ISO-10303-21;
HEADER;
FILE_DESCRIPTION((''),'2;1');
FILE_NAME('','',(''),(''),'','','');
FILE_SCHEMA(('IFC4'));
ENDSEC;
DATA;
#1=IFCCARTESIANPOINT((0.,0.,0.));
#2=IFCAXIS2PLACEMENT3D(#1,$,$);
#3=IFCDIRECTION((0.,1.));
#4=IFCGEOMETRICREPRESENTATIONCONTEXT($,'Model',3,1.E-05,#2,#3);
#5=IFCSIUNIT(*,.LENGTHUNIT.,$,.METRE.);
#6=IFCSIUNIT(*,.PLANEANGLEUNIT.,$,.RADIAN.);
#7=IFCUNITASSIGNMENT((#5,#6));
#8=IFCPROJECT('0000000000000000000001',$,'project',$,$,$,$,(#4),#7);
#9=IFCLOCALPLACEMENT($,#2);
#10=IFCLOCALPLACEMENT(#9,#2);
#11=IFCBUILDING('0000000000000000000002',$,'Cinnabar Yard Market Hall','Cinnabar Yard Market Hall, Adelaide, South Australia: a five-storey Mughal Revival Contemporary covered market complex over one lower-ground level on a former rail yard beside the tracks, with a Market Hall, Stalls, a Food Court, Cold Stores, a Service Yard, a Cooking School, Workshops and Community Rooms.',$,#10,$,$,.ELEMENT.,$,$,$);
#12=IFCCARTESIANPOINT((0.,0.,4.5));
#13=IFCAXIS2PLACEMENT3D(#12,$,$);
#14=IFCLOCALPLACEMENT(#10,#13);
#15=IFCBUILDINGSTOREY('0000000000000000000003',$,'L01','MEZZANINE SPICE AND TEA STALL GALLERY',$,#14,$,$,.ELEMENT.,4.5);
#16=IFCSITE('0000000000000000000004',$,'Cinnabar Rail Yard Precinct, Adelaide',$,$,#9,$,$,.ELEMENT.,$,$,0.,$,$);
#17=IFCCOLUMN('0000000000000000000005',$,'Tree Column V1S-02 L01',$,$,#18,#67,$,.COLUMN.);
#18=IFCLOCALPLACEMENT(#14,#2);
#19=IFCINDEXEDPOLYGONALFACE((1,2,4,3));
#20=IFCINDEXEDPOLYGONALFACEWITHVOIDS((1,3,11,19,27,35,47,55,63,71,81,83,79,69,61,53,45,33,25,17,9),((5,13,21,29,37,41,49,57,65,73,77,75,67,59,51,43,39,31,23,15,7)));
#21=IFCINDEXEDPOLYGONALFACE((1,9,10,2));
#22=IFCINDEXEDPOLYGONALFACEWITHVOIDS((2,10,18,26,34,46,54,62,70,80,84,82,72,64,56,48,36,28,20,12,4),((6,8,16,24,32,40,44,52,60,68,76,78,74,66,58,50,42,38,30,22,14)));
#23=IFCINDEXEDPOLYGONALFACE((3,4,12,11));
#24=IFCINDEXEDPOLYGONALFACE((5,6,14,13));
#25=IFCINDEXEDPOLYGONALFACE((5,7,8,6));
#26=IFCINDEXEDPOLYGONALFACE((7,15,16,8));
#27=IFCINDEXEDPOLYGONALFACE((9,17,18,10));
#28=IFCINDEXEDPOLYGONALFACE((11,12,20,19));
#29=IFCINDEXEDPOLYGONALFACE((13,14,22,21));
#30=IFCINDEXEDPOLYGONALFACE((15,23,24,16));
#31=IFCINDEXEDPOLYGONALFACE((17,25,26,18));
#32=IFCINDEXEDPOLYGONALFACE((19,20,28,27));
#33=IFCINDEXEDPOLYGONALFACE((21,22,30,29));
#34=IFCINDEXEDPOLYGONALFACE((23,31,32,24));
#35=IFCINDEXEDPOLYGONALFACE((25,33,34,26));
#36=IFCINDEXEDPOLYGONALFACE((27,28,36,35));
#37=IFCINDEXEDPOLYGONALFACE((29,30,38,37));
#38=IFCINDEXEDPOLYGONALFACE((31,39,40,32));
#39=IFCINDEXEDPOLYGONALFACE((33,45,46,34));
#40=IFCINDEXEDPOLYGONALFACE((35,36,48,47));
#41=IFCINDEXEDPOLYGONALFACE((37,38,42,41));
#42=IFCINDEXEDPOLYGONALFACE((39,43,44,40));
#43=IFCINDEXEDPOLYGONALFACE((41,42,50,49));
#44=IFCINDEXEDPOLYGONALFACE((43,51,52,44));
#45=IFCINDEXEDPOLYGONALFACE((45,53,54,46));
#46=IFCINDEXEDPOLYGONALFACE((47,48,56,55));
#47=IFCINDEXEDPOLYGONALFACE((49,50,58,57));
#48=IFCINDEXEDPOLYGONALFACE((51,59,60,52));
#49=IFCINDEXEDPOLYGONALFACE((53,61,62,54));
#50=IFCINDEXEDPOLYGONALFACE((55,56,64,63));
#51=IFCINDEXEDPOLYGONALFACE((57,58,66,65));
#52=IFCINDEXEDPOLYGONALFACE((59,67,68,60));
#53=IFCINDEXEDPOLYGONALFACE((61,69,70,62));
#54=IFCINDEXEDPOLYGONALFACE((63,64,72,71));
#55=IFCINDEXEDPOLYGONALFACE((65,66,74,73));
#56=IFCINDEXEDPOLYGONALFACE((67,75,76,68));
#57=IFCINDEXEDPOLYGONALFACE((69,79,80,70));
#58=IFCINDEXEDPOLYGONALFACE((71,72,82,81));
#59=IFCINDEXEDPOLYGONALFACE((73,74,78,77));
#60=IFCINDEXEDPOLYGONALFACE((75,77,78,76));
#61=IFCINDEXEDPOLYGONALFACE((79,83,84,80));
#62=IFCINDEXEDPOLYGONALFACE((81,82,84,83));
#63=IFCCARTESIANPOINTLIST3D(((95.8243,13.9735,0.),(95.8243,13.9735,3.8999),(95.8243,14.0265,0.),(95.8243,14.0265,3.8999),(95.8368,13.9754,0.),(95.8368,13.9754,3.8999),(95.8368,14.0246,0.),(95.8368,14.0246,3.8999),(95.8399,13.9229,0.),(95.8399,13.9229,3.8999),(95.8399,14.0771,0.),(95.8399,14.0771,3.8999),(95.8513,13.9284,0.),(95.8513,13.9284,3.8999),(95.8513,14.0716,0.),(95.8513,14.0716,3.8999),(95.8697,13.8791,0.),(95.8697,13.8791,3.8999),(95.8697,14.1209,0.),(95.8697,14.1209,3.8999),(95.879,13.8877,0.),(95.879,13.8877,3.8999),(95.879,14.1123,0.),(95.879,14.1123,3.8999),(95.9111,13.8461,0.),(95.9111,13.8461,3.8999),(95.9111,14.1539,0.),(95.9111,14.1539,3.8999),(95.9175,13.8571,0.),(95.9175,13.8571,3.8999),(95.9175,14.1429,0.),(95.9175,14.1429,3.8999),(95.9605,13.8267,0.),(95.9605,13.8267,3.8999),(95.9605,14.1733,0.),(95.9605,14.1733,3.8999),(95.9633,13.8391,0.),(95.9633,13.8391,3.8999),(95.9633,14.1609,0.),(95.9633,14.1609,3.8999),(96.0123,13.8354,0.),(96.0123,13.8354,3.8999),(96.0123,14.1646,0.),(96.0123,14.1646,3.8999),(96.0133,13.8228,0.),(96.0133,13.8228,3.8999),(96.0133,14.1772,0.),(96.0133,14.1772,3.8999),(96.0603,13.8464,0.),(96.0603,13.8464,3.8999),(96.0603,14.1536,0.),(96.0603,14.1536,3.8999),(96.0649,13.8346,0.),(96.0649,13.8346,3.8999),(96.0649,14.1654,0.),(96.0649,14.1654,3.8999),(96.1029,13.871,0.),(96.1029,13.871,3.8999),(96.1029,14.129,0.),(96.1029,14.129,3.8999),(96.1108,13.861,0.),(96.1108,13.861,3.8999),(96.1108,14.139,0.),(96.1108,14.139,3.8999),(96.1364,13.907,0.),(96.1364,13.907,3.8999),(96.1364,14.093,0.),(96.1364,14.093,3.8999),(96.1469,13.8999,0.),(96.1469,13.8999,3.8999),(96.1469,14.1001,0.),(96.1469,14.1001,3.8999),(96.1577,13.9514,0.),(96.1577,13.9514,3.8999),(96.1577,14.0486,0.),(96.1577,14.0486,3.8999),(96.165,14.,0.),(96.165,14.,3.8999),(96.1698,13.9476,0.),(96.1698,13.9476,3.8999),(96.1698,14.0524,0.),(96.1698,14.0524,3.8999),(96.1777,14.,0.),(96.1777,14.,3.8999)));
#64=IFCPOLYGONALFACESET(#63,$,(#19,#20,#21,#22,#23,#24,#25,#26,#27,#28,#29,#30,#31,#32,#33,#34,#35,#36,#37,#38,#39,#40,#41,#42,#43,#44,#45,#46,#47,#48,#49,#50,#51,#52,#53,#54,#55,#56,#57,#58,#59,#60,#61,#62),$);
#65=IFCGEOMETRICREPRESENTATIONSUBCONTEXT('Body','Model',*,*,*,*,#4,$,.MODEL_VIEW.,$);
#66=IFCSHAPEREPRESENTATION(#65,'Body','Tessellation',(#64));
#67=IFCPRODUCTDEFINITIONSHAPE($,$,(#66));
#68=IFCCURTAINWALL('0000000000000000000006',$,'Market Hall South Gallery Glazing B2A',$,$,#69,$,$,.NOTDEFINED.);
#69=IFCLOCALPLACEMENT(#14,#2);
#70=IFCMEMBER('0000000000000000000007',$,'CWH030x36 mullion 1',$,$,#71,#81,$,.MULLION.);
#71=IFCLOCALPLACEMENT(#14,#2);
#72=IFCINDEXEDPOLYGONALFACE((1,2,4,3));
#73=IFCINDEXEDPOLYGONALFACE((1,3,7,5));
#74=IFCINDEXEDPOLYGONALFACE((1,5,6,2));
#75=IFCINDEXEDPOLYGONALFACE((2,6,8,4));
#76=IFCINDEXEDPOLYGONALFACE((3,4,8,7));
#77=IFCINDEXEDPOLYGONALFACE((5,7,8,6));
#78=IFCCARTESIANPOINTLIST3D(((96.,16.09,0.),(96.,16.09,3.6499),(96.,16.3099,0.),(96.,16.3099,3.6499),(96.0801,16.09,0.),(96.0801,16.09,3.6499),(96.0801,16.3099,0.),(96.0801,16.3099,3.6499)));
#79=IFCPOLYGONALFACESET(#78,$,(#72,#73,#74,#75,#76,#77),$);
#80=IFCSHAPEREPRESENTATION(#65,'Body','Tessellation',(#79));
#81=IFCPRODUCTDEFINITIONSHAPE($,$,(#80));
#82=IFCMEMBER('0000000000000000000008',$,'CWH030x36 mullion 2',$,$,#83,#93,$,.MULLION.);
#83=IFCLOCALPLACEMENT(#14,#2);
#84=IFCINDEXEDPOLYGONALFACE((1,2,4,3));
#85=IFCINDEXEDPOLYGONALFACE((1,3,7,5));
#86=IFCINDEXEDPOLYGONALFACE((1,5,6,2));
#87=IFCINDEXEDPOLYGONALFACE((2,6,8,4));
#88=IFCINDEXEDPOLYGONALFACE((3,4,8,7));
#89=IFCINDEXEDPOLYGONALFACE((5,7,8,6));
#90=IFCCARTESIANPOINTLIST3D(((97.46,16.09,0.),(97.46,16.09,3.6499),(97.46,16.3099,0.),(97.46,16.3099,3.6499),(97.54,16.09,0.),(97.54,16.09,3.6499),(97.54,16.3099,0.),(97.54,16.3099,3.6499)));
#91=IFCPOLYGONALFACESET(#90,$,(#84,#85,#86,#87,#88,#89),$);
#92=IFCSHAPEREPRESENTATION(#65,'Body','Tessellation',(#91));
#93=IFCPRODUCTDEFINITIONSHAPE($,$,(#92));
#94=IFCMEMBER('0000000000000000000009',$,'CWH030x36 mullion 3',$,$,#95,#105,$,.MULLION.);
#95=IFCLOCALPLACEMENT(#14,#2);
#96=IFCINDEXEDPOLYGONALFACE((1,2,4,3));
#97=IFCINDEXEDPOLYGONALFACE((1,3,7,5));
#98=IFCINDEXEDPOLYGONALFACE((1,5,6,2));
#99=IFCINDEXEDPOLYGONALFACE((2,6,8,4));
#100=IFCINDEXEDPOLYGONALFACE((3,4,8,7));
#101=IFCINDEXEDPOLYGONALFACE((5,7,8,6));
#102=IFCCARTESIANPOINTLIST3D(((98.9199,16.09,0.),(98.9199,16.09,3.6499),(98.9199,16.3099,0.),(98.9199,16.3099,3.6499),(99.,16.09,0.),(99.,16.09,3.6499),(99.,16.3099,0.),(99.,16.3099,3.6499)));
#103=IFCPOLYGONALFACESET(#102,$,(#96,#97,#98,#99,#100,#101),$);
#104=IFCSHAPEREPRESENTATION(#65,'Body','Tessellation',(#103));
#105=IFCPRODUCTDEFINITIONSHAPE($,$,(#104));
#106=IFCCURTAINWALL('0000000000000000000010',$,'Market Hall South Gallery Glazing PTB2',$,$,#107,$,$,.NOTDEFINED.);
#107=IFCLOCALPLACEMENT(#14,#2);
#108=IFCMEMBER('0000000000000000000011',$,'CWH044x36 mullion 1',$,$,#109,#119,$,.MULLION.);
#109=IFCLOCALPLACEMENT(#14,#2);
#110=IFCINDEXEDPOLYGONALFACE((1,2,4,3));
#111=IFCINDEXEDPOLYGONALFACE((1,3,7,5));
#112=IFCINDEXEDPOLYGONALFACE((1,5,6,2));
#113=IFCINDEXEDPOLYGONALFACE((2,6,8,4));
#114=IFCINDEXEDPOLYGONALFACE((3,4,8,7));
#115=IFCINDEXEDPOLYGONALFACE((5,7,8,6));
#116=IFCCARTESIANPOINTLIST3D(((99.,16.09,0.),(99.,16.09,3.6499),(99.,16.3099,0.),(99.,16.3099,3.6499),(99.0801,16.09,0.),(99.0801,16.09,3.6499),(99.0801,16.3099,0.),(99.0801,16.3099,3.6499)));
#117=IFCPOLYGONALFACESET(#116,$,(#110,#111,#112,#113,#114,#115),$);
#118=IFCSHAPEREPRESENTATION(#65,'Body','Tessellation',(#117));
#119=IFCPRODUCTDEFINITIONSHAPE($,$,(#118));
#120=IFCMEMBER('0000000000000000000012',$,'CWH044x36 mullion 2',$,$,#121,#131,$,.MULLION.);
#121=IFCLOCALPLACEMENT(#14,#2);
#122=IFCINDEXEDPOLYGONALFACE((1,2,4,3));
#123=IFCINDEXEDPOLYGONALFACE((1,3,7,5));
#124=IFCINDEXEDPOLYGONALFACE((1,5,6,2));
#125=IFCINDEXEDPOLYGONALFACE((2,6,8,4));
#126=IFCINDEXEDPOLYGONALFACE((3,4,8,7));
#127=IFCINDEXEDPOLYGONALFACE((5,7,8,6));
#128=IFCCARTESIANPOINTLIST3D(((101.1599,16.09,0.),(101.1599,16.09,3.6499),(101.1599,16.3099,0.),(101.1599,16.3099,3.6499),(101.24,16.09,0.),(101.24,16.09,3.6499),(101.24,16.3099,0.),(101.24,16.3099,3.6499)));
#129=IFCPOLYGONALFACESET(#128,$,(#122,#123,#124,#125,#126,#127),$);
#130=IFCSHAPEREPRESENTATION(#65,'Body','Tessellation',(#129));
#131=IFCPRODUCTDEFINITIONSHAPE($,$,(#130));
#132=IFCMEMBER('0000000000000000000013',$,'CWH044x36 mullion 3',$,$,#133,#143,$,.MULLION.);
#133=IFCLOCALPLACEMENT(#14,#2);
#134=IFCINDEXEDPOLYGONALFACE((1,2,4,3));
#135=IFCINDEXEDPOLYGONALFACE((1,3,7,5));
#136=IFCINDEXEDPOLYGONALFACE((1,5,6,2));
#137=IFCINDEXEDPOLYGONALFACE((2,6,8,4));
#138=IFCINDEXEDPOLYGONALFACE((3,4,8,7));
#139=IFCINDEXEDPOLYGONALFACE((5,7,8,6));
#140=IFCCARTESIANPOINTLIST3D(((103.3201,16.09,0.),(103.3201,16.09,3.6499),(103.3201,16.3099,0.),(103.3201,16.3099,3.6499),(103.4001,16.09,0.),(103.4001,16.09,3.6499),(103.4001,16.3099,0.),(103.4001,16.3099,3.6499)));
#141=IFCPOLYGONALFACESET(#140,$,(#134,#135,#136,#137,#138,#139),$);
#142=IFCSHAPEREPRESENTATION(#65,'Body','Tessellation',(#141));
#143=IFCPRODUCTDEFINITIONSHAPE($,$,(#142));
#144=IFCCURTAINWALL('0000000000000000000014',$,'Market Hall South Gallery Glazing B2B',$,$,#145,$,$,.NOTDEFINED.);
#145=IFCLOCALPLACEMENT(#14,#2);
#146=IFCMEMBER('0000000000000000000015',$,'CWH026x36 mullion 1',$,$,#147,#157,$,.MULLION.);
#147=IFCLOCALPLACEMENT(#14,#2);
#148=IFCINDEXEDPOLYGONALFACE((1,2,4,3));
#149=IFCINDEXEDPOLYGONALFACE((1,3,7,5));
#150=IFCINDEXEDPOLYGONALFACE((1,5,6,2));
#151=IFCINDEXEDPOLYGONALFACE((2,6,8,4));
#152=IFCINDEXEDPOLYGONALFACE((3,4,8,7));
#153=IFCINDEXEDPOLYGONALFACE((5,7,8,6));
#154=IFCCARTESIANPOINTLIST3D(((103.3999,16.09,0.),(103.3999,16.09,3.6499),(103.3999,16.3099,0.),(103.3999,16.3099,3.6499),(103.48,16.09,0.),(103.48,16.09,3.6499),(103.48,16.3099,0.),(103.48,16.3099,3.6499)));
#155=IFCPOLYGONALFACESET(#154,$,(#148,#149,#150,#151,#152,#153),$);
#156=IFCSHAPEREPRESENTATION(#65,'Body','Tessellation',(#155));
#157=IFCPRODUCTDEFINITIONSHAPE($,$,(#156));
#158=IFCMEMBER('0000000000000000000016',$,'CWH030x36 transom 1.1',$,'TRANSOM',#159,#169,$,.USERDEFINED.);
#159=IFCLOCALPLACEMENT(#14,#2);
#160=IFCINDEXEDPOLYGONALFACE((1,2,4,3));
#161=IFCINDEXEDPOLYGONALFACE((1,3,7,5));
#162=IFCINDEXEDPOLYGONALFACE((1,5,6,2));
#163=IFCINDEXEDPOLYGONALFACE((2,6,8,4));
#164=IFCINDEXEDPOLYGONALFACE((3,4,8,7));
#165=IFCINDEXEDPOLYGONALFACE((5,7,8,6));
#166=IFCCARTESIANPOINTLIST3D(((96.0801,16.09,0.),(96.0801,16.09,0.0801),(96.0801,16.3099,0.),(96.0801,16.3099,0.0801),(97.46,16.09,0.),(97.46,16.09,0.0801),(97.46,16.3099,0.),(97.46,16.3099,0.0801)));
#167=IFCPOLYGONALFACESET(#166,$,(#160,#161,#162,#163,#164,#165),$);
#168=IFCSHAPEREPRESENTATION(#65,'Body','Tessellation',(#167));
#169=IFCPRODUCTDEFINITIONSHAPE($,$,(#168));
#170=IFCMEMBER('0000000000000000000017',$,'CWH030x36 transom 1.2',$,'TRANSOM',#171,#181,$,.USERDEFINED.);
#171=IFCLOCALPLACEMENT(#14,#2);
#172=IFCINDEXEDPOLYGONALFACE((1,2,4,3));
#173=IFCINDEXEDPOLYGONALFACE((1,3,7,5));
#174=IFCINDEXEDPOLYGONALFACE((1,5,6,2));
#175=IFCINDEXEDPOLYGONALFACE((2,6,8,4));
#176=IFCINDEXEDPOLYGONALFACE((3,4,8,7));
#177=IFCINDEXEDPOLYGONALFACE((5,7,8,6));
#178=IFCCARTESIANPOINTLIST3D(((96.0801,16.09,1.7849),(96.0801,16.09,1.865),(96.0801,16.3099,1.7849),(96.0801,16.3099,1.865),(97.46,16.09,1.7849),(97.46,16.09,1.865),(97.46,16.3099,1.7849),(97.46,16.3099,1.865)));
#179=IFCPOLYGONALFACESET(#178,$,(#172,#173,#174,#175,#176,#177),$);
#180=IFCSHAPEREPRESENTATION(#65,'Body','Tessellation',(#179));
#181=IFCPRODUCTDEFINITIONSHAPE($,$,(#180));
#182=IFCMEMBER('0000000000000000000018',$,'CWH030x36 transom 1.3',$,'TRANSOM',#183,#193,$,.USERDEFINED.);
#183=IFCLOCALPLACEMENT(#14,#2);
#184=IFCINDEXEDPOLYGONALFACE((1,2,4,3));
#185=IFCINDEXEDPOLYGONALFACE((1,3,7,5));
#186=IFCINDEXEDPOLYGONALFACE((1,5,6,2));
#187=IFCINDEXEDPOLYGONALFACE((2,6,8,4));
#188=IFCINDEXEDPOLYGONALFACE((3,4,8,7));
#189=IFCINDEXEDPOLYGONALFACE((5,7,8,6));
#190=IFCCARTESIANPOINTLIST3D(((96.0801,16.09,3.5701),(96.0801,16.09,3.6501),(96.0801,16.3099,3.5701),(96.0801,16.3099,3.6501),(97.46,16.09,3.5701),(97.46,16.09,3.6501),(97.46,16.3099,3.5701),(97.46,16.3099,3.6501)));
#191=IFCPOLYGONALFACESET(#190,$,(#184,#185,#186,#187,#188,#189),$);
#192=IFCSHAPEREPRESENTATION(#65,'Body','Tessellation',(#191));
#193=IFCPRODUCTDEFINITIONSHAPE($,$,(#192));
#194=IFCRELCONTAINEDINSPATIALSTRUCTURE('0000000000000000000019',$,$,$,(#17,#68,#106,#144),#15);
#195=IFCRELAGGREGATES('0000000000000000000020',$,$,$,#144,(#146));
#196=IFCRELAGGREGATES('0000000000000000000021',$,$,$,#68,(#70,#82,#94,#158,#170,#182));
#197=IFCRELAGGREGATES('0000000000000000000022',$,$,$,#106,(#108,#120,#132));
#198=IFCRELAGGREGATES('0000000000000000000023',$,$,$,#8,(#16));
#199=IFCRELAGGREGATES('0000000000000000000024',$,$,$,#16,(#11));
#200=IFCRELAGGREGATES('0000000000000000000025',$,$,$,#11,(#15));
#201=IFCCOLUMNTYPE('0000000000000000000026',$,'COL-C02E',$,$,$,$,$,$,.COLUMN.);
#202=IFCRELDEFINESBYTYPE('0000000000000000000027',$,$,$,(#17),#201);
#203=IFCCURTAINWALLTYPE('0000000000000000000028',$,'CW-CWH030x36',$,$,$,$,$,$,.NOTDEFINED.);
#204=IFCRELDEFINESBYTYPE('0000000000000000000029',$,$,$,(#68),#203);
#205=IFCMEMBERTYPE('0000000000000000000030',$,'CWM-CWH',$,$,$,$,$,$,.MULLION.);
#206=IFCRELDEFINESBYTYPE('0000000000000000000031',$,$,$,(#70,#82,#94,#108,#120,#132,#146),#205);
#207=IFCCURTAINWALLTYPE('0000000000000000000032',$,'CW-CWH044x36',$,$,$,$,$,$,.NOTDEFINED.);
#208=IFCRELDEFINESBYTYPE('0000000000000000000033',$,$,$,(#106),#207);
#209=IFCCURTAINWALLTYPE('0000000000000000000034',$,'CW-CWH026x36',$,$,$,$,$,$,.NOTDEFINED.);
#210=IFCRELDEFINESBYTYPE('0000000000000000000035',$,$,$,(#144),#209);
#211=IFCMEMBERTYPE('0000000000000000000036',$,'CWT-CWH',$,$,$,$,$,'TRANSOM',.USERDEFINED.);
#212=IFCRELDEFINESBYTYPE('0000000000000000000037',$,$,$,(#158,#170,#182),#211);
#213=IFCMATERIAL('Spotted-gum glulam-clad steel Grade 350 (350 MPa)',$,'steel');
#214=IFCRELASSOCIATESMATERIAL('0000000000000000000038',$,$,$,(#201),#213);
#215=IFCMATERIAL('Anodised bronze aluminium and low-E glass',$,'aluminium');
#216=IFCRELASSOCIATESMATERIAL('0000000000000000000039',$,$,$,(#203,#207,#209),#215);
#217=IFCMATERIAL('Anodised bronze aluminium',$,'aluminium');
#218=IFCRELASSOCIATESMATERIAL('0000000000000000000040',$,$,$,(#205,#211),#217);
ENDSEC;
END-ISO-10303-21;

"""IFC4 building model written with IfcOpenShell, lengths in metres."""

from ifc_helpers import new_model, si_unit, direction, frame, origin, origin_2d_with_axis, place, context, subcontext, project, spatial, rectangle, hollow_circle, extrude, material, material_profile, profile_set, type_object, element, aggregate, save


model = new_model("IFC4")

# Units and contexts
model_context = context("Model", 3, precision=1e-05, world=origin(), true_north=direction((0.0, 1.0)))
body_context = subcontext(model_context, "Body", "Model", "MODEL_VIEW")
ifc_project = project(units=[si_unit("LENGTHUNIT", "METRE"), si_unit("PLANEANGLEUNIT", "RADIAN")], contexts=[model_context])

# Site, building, storey
site_placement = place(None, origin())
site = spatial("IfcSite", under=ifc_project, at=site_placement, Name="Cinnabar Rail Yard Precinct, Adelaide", CompositionType="ELEMENT", RefElevation=0.0)
building_placement = place(site_placement, origin())
building = spatial("IfcBuilding", under=site, at=building_placement, Name="Cinnabar Yard Market Hall", Description="Cinnabar Yard Market Hall, Adelaide, South Australia: a five-storey Mughal Revival Contemporary covered market complex over one lower-ground level on a former rail yard beside the tracks, with a Market Hall, Stalls, a Food Court, Cold Stores, a Service Yard, a Cooking School, Workshops and Community Rooms.", CompositionType="ELEMENT")
storey_placement = place(building_placement, frame((0.0, 0.0, 4.5)))
storey = spatial("IfcBuildingStorey", under=building, at=storey_placement, Name="L01", Description="MEZZANINE SPICE AND TEA STALL GALLERY", CompositionType="ELEMENT", Elevation=4.5)

# Column
ifc_material_1 = material(Name="Spotted-gum glulam-clad steel Grade 350 (350 MPa)", Category="steel")
ifc_material_profile_1 = material_profile(ifc_material_1, hollow_circle(Radius=0.1777, WallThickness=0.0127, at=origin_2d_with_axis()), Name="355.6x12.7CHS")
ifc_profile_set_1 = profile_set([ifc_material_profile_1], Name="Spotted-gum glulam-clad steel Grade 350 (350 MPa)")
column_type = type_object("IfcColumnType", Name="COL-C02E", PredefinedType="COLUMN", material=ifc_profile_set_1)
column_placement = place(storey_placement, frame((96.0, 14.0, 0.0), z_axis=(0.0, 0.0, 1.0), x_axis=(1.0, 0.0, 0.0)))
element("IfcColumn", 1, at=column_placement, inside=storey, type_object=column_type, Name="Tree Column V1S-02 L01", PredefinedType="COLUMN", context=body_context, shape_type="SweptSolid", body=[
    extrude(hollow_circle(Radius=0.1777, WallThickness=0.0127, at=origin_2d_with_axis()), origin(), (0.0, 0.0, 1.0), 3.8999),
])

# Curtain walls, members
ifc_material_2 = material(Name="Anodised bronze aluminium and low-E glass", Category="aluminium")
curtain_wall_type_1 = type_object("IfcCurtainWallType", Name="CW-CWH030x36", PredefinedType="NOTDEFINED", material=ifc_material_2)
curtain_wall_1_placement = place(storey_placement, origin())
curtain_wall_1 = element("IfcCurtainWall", 2, at=curtain_wall_1_placement, inside=storey, type_object=curtain_wall_type_1, Name="Market Hall South Gallery Glazing B2A", PredefinedType="NOTDEFINED")
ifc_material_3 = material(Name="Anodised bronze aluminium", Category="aluminium")
ifc_material_profile_2 = material_profile(ifc_material_3, rectangle(XDim=0.22, YDim=0.0801, at=origin_2d_with_axis()), Name="MUL-CWH")
ifc_profile_set_2 = profile_set([ifc_material_profile_2], Name="Anodised bronze aluminium")
member_type_1 = type_object("IfcMemberType", Name="CWM-CWH", PredefinedType="MULLION", material=ifc_profile_set_2)
member_1_placement = place(storey_placement, frame((96.04, 16.2, 0.0), z_axis=(0.0, 0.0, 1.0), x_axis=(0.0, 1.0, 0.0)))
member_1 = element("IfcMember", 3, at=member_1_placement, type_object=member_type_1, Name="CWH030x36 mullion 1", PredefinedType="MULLION", context=body_context, shape_type="SweptSolid", body=[
    extrude(rectangle(XDim=0.22, YDim=0.0801, at=origin_2d_with_axis()), origin(), (0.0, 0.0, 1.0), 3.6499),
])
member_2_placement = place(storey_placement, frame((97.5, 16.2, 0.0), z_axis=(0.0, 0.0, 1.0), x_axis=(0.0, 1.0, 0.0)))
member_2 = element("IfcMember", 4, at=member_2_placement, type_object=member_type_1, Name="CWH030x36 mullion 2", PredefinedType="MULLION", context=body_context, shape_type="SweptSolid", body=[
    extrude(rectangle(XDim=0.22, YDim=0.0801, at=origin_2d_with_axis()), origin(), (0.0, 0.0, 1.0), 3.6499),
])
member_3_placement = place(storey_placement, frame((98.96, 16.2, 0.0), z_axis=(0.0, 0.0, 1.0), x_axis=(0.0, 1.0, 0.0)))
member_3 = element("IfcMember", 5, at=member_3_placement, type_object=member_type_1, Name="CWH030x36 mullion 3", PredefinedType="MULLION", context=body_context, shape_type="SweptSolid", body=[
    extrude(rectangle(XDim=0.22, YDim=0.0801, at=origin_2d_with_axis()), origin(), (0.0, 0.0, 1.0), 3.6499),
])
curtain_wall_type_2 = type_object("IfcCurtainWallType", Name="CW-CWH044x36", PredefinedType="NOTDEFINED", material=ifc_material_2)
curtain_wall_2_placement = place(storey_placement, origin())
curtain_wall_2 = element("IfcCurtainWall", 6, at=curtain_wall_2_placement, inside=storey, type_object=curtain_wall_type_2, Name="Market Hall South Gallery Glazing PTB2", PredefinedType="NOTDEFINED")
member_4_placement = place(storey_placement, frame((99.04, 16.2, 0.0), z_axis=(0.0, 0.0, 1.0), x_axis=(0.0, 1.0, 0.0)))
member_4 = element("IfcMember", 7, at=member_4_placement, type_object=member_type_1, Name="CWH044x36 mullion 1", PredefinedType="MULLION", context=body_context, shape_type="SweptSolid", body=[
    extrude(rectangle(XDim=0.22, YDim=0.0801, at=origin_2d_with_axis()), origin(), (0.0, 0.0, 1.0), 3.6499),
])
member_5_placement = place(storey_placement, frame((101.2, 16.2, 0.0), z_axis=(0.0, 0.0, 1.0), x_axis=(0.0, 1.0, 0.0)))
member_5 = element("IfcMember", 8, at=member_5_placement, type_object=member_type_1, Name="CWH044x36 mullion 2", PredefinedType="MULLION", context=body_context, shape_type="SweptSolid", body=[
    extrude(rectangle(XDim=0.22, YDim=0.0801, at=origin_2d_with_axis()), origin(), (0.0, 0.0, 1.0), 3.6499),
])
member_6_placement = place(storey_placement, frame((103.3601, 16.2, 0.0), z_axis=(0.0, 0.0, 1.0), x_axis=(0.0, 1.0, 0.0)))
member_6 = element("IfcMember", 9, at=member_6_placement, type_object=member_type_1, Name="CWH044x36 mullion 3", PredefinedType="MULLION", context=body_context, shape_type="SweptSolid", body=[
    extrude(rectangle(XDim=0.22, YDim=0.0801, at=origin_2d_with_axis()), origin(), (0.0, 0.0, 1.0), 3.6499),
])

# Curtain wall, member
curtain_wall_type_3 = type_object("IfcCurtainWallType", Name="CW-CWH026x36", PredefinedType="NOTDEFINED", material=ifc_material_2)
curtain_wall_3_placement = place(storey_placement, origin())
curtain_wall_3 = element("IfcCurtainWall", 10, at=curtain_wall_3_placement, inside=storey, type_object=curtain_wall_type_3, Name="Market Hall South Gallery Glazing B2B", PredefinedType="NOTDEFINED")
member_7_placement = place(storey_placement, frame((103.4399, 16.2, 0.0), z_axis=(0.0, 0.0, 1.0), x_axis=(0.0, 1.0, 0.0)))
member_7 = element("IfcMember", 11, at=member_7_placement, type_object=member_type_1, Name="CWH026x36 mullion 1", PredefinedType="MULLION", context=body_context, shape_type="SweptSolid", body=[
    extrude(rectangle(XDim=0.22, YDim=0.0801, at=origin_2d_with_axis()), origin(), (0.0, 0.0, 1.0), 3.6499),
])

# Members
ifc_material_profile_3 = material_profile(ifc_material_3, rectangle(XDim=0.22, YDim=0.0801, at=origin_2d_with_axis()), Name="TRN-CWH")
ifc_profile_set_3 = profile_set([ifc_material_profile_3], Name="Anodised bronze aluminium")
member_type_2 = type_object("IfcMemberType", Name="CWT-CWH", ElementType="TRANSOM", PredefinedType="USERDEFINED", material=ifc_profile_set_3)
member_8_placement = place(storey_placement, frame((96.0801, 16.2, 0.04), z_axis=(1.0, 0.0, 0.0), x_axis=(0.0, 1.0, 0.0)))
member_8 = element("IfcMember", 12, at=member_8_placement, type_object=member_type_2, Name="CWH030x36 transom 1.1", ObjectType="TRANSOM", PredefinedType="USERDEFINED", context=body_context, shape_type="SweptSolid", body=[
    extrude(rectangle(XDim=0.22, YDim=0.0801, at=origin_2d_with_axis()), origin(), (0.0, 0.0, 1.0), 1.3799),
])
member_9_placement = place(storey_placement, frame((96.0801, 16.2, 1.825), z_axis=(1.0, 0.0, 0.0), x_axis=(0.0, 1.0, 0.0)))
member_9 = element("IfcMember", 13, at=member_9_placement, type_object=member_type_2, Name="CWH030x36 transom 1.2", ObjectType="TRANSOM", PredefinedType="USERDEFINED", context=body_context, shape_type="SweptSolid", body=[
    extrude(rectangle(XDim=0.22, YDim=0.0801, at=origin_2d_with_axis()), origin(), (0.0, 0.0, 1.0), 1.3799),
])
member_10_placement = place(storey_placement, frame((96.0801, 16.2, 3.6101), z_axis=(1.0, 0.0, 0.0), x_axis=(0.0, 1.0, 0.0)))
member_10 = element("IfcMember", 14, at=member_10_placement, type_object=member_type_2, Name="CWH030x36 transom 1.3", ObjectType="TRANSOM", PredefinedType="USERDEFINED", context=body_context, shape_type="SweptSolid", body=[
    extrude(rectangle(XDim=0.22, YDim=0.0801, at=origin_2d_with_axis()), origin(), (0.0, 0.0, 1.0), 1.3799),
])

aggregate(curtain_wall_3, [member_7])
aggregate(curtain_wall_1, [member_1, member_2, member_3, member_8, member_9, member_10])
aggregate(curtain_wall_2, [member_4, member_5, member_6])

save(model, "model.ifc")
